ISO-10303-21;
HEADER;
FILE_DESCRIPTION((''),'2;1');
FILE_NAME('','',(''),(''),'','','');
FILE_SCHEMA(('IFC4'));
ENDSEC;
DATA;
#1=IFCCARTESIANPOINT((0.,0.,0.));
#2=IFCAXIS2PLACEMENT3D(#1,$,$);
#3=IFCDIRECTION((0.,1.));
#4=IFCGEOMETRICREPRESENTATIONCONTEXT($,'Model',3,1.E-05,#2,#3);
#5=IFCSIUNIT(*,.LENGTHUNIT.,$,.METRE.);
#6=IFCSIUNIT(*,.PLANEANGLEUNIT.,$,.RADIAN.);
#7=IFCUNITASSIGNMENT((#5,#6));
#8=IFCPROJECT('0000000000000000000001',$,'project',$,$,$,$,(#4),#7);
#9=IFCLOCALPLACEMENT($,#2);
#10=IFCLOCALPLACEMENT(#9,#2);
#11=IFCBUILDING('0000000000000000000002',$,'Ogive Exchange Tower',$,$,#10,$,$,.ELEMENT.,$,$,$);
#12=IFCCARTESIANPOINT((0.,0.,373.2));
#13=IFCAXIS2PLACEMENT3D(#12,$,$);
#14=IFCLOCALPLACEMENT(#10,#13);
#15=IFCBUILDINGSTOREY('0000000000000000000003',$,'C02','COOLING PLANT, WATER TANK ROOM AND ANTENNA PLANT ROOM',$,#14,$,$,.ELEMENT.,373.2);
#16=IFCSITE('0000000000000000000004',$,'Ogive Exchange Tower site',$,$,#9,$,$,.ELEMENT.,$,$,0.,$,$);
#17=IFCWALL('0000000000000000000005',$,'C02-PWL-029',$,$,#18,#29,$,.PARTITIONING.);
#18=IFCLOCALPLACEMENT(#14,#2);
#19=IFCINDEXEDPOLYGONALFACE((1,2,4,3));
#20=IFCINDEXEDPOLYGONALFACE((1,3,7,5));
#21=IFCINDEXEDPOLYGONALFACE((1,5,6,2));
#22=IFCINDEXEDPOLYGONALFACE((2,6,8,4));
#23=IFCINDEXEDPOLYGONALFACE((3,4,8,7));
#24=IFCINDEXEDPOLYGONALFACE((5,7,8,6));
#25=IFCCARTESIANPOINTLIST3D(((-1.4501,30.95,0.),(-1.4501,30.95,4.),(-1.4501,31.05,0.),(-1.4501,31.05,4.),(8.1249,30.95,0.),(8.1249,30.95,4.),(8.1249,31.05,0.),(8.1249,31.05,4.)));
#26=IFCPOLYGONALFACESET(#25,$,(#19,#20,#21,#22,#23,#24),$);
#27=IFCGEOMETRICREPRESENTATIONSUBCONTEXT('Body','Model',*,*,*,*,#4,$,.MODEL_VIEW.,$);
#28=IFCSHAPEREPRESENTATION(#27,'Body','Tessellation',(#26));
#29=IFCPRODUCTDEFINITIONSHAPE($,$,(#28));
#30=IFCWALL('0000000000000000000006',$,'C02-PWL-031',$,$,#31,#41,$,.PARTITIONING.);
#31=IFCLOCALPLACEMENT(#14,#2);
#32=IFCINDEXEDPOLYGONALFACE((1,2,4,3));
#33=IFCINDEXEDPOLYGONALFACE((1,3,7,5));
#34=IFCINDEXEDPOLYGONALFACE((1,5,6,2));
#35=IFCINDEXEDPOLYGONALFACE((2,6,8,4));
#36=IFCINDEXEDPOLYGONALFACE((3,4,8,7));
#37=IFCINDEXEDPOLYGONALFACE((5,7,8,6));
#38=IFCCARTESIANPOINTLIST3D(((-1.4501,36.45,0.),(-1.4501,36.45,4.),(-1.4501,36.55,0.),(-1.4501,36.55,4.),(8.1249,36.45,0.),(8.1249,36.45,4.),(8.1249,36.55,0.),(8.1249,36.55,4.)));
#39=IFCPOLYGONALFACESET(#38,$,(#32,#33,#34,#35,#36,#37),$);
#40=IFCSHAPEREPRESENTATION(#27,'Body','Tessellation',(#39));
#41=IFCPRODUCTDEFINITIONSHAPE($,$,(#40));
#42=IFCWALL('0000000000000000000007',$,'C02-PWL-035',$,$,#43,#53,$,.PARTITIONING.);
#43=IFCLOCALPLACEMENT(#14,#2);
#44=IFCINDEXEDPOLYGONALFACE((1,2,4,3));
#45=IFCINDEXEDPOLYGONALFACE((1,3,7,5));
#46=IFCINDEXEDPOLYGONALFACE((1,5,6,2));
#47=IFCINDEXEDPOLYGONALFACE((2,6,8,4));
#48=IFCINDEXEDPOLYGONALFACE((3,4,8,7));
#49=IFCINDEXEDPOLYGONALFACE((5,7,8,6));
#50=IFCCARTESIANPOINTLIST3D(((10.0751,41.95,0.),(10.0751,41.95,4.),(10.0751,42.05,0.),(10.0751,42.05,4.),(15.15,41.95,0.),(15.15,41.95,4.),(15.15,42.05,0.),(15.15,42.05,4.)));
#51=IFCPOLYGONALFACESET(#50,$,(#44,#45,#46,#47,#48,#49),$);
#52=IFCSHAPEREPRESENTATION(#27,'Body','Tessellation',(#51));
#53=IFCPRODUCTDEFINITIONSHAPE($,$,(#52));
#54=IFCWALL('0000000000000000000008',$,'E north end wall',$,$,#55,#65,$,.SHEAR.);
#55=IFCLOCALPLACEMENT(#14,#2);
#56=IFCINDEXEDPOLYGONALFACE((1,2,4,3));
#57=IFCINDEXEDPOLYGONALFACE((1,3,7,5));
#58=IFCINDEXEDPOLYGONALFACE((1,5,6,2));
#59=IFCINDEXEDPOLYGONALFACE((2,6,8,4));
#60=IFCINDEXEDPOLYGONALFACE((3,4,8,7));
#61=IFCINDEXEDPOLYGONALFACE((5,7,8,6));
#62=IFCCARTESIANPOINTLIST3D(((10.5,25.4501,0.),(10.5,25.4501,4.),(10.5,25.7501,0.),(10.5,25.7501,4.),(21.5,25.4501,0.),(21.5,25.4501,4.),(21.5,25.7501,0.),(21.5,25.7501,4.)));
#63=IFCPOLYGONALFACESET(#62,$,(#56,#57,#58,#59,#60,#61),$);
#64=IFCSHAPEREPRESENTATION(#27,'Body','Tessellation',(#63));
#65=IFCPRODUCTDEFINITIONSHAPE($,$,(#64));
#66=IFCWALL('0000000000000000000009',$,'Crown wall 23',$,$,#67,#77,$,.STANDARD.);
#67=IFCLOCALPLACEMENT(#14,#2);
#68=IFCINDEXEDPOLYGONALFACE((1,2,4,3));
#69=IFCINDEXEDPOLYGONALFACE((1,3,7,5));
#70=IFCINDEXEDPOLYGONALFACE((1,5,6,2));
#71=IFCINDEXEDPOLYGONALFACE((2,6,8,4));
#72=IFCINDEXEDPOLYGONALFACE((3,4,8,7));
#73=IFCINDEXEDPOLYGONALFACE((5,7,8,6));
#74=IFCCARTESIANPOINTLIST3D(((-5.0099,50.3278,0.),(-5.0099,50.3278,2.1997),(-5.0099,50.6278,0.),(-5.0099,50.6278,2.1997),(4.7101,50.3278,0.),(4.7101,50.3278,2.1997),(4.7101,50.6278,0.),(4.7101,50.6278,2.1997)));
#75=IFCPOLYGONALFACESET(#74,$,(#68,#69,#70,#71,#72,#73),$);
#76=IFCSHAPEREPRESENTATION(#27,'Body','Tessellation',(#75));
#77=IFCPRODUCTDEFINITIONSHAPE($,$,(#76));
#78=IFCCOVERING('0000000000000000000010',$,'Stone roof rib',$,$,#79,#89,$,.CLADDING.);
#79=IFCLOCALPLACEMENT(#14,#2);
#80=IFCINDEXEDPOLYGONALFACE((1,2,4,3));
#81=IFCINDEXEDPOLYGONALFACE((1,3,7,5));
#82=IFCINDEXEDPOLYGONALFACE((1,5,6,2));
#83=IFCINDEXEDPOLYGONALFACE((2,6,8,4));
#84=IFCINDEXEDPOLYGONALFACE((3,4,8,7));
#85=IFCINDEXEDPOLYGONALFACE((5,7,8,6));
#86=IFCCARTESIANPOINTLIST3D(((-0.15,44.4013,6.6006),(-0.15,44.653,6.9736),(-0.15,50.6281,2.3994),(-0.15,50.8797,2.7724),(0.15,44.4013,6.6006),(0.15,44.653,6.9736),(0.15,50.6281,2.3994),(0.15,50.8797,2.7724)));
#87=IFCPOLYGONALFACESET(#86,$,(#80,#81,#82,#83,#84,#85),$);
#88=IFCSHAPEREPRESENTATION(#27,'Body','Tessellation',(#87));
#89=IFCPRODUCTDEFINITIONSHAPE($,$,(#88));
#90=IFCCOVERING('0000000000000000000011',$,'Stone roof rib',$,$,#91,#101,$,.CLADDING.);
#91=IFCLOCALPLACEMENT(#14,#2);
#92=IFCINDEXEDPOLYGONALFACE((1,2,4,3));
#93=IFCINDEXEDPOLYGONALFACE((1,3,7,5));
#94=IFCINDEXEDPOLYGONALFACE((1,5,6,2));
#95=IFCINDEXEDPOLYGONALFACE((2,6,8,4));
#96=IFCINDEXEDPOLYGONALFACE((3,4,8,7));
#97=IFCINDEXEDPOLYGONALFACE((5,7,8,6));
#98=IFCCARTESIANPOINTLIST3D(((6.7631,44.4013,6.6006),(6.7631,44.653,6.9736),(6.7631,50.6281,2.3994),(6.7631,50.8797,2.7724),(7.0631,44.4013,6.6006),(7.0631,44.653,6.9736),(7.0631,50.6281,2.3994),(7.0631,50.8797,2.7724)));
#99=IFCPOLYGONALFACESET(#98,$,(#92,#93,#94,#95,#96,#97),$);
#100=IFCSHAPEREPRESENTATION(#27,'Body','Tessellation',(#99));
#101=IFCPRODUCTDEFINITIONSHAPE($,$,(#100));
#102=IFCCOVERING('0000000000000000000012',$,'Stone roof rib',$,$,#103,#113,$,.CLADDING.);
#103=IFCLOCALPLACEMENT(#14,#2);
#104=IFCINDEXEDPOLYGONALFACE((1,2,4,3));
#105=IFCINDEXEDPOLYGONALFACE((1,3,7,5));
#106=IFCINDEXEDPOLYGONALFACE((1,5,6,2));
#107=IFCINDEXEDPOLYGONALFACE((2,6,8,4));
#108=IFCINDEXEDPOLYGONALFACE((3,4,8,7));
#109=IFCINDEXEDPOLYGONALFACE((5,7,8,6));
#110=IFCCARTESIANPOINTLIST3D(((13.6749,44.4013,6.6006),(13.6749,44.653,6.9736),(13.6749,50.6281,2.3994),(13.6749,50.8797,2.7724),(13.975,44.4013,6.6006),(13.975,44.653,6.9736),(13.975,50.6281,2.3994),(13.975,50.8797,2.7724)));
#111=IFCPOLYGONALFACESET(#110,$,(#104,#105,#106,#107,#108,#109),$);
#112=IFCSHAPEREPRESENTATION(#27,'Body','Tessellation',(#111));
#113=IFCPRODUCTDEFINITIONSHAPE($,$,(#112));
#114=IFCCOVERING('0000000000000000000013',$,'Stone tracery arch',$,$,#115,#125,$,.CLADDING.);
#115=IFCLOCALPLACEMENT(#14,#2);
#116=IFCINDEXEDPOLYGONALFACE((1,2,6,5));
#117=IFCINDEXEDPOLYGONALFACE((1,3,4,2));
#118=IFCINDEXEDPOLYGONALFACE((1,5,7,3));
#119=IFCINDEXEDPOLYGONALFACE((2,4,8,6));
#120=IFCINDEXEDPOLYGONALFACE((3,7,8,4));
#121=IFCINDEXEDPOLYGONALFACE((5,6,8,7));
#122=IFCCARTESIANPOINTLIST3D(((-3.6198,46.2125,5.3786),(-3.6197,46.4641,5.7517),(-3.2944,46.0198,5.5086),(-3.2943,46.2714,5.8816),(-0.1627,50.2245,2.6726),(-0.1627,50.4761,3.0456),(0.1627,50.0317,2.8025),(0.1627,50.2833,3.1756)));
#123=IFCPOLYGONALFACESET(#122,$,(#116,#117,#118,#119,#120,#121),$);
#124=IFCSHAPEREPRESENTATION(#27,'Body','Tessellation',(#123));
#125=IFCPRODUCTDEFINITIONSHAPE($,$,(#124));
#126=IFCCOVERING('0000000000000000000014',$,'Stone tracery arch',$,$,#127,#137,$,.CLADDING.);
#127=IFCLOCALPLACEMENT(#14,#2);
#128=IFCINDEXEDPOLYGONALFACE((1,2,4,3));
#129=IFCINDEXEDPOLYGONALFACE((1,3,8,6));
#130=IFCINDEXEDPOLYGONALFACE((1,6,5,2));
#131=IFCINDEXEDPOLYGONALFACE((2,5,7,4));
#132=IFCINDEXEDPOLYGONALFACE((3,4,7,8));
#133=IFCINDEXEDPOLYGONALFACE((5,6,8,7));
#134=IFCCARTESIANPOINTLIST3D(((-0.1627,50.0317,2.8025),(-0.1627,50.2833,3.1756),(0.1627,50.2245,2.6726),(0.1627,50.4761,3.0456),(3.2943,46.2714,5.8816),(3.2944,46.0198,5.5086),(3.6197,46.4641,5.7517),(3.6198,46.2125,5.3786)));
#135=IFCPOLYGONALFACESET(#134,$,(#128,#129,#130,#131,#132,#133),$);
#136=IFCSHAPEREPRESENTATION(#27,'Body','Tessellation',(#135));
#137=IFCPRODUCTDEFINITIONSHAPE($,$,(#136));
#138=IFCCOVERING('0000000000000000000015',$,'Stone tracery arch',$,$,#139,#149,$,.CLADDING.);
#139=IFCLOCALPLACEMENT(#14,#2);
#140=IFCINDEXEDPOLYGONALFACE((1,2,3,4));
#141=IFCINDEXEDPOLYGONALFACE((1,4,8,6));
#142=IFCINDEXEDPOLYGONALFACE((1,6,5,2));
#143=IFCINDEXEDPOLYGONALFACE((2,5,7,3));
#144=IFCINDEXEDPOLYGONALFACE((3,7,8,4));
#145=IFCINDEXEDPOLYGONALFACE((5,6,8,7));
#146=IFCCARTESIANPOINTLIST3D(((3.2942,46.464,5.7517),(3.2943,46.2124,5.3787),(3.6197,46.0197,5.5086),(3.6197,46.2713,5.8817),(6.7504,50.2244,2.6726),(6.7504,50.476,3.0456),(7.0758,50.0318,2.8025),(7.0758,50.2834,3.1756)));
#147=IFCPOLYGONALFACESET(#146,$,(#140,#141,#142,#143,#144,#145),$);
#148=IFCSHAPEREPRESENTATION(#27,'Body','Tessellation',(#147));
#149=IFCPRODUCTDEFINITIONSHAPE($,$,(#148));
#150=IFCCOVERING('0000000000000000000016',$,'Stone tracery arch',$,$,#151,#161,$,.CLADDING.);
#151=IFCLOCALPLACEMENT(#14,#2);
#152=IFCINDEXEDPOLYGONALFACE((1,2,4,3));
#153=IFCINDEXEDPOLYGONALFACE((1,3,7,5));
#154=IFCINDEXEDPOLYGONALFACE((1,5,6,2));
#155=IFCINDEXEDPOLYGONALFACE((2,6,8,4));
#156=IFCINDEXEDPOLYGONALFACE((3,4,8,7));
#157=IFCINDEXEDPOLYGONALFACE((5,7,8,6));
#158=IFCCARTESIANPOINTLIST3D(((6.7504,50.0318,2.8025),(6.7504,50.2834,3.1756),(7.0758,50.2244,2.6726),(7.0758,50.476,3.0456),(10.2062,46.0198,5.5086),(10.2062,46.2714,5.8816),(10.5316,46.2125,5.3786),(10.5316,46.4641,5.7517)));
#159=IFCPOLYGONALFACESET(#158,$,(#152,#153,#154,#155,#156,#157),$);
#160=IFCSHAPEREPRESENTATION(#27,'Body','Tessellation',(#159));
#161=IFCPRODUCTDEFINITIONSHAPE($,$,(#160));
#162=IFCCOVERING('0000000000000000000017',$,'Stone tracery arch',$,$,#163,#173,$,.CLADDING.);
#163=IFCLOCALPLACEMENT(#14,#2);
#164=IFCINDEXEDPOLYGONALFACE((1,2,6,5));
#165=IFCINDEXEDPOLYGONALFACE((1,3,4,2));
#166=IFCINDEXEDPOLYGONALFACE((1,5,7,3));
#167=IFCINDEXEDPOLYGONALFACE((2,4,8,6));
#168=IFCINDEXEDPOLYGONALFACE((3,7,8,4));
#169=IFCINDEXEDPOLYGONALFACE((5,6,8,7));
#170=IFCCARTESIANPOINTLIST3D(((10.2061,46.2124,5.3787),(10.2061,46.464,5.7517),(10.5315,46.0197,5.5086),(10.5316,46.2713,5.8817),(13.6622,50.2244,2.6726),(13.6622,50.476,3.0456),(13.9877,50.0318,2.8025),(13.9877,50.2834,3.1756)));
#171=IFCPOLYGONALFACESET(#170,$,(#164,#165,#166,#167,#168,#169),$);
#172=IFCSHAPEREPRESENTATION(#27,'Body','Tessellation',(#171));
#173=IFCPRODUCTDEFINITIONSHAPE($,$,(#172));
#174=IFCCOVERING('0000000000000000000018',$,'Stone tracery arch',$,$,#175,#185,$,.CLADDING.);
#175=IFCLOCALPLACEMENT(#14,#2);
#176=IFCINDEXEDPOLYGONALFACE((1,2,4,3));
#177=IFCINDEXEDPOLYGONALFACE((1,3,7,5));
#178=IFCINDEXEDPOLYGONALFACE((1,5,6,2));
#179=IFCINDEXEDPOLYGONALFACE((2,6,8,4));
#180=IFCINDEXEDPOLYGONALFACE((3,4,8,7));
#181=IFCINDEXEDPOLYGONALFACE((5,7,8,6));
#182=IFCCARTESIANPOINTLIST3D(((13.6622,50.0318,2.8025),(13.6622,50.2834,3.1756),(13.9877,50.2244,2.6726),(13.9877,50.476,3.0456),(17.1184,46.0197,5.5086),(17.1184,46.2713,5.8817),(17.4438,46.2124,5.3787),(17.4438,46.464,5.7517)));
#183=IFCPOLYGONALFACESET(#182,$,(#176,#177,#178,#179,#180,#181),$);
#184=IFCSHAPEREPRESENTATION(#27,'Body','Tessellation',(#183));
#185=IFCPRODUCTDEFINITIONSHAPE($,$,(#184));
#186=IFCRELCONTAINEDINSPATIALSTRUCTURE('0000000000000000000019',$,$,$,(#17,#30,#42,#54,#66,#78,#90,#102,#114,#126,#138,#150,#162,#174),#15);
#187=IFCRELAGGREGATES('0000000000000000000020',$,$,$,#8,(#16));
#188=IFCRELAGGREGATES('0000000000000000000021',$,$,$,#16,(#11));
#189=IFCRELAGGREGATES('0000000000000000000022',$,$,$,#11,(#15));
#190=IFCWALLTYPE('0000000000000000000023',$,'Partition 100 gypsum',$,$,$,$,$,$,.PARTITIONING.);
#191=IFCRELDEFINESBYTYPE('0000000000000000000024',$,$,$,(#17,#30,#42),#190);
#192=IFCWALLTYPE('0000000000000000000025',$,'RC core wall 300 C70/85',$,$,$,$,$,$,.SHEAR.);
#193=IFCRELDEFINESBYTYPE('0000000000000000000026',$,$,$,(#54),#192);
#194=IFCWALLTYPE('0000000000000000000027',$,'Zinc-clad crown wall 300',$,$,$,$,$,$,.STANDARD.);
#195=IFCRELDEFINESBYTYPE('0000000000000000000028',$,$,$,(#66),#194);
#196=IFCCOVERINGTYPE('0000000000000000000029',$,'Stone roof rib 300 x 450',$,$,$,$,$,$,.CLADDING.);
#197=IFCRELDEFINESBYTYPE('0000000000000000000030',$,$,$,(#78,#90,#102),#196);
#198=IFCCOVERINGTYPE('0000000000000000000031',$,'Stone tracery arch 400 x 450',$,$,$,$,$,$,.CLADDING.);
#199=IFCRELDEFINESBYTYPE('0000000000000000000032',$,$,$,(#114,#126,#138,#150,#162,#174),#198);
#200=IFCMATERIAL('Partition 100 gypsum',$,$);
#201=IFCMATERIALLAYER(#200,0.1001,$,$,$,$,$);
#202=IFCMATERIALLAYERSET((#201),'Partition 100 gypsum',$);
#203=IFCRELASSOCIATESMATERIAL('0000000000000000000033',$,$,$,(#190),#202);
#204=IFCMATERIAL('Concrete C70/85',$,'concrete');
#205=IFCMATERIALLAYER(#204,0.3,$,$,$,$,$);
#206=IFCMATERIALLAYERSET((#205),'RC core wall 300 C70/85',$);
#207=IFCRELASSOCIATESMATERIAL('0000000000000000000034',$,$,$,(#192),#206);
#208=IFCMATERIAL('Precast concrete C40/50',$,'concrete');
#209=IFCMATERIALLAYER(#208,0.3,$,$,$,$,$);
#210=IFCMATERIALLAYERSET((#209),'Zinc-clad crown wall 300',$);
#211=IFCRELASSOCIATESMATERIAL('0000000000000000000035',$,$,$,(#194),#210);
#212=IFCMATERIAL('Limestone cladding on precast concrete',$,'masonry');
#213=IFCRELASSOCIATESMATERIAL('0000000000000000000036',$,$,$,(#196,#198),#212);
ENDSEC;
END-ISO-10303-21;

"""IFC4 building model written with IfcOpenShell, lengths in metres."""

from ifc_helpers import new_model, si_unit, direction, frame, frame_2d, origin, origin_2d, place, context, subcontext, project, spatial, rectangle, extrude, material, layer, layer_set, material_profile, profile_set, type_object, element, save


model = new_model("IFC4")

# Units and contexts
model_context = context("Model", 3, precision=1e-05, world=origin(), true_north=direction((0.0, 1.0)))
body_context = subcontext(model_context, "Body", "Model", "MODEL_VIEW")
ifc_project = project(units=[si_unit("LENGTHUNIT", "METRE"), si_unit("PLANEANGLEUNIT", "RADIAN")], contexts=[model_context])

# Site, building, storey
site_placement = place(None, origin())
site = spatial("IfcSite", under=ifc_project, at=site_placement, Name="Ogive Exchange Tower site", CompositionType="ELEMENT", RefElevation=0.0)
building_placement = place(site_placement, origin())
building = spatial("IfcBuilding", under=site, at=building_placement, Name="Ogive Exchange Tower", CompositionType="ELEMENT")
storey_placement = place(building_placement, frame((0.0, 0.0, 373.2)))
storey = spatial("IfcBuildingStorey", under=building, at=storey_placement, Name="C02", Description="COOLING PLANT, WATER TANK ROOM AND ANTENNA PLANT ROOM", CompositionType="ELEMENT", Elevation=373.2)

# Walls
ifc_material_1 = material(Name="Partition 100 gypsum")
ifc_layer_1 = layer(ifc_material_1, 0.1001)
ifc_layer_set_1 = layer_set([ifc_layer_1], Name="Partition 100 gypsum")
wall_type_1 = type_object("IfcWallType", Name="Partition 100 gypsum", PredefinedType="PARTITIONING", material=ifc_layer_set_1)
for number, where, z_axis, x_axis, name in (
    (1, (8.125, 31.0, 0.0), (0.0, 0.0, 1.0), (-1.0, 0.0, 0.0), "C02-PWL-029"),
    (2, (8.125, 36.5, 0.0), (0.0, 0.0, 1.0), (-1.0, 0.0, 0.0), "C02-PWL-031"),
):
    element("IfcWall", number, at=place(storey_placement, frame(where, z_axis=z_axis, x_axis=x_axis)), inside=storey, type_object=wall_type_1, Name=name, PredefinedType="PARTITIONING", context=body_context, shape_type="SweptSolid", body=[
        extrude(rectangle(XDim=9.575, YDim=0.1001, at=frame_2d((4.7876, 0.0))), origin(), (0.0, 0.0, 1.0), 4.0),
    ])
wall_1_placement = place(storey_placement, frame((10.075, 42.0, 0.0), z_axis=(0.0, 0.0, 1.0), x_axis=(1.0, 0.0, 0.0)))
element("IfcWall", 3, at=wall_1_placement, inside=storey, type_object=wall_type_1, Name="C02-PWL-035", PredefinedType="PARTITIONING", context=body_context, shape_type="SweptSolid", body=[
    extrude(rectangle(XDim=5.075, YDim=0.1001, at=frame_2d((2.5376, 0.0))), origin(), (0.0, 0.0, 1.0), 4.0),
])
ifc_material_2 = material(Name="Concrete C70/85", Category="concrete")
ifc_layer_2 = layer(ifc_material_2, 0.3)
ifc_layer_set_2 = layer_set([ifc_layer_2], Name="RC core wall 300 C70/85")
wall_type_2 = type_object("IfcWallType", Name="RC core wall 300 C70/85", PredefinedType="SHEAR", material=ifc_layer_set_2)
wall_2_placement = place(storey_placement, frame((10.5, 25.6001, 0.0), z_axis=(0.0, 0.0, 1.0), x_axis=(1.0, 0.0, 0.0)))
element("IfcWall", 4, at=wall_2_placement, inside=storey, type_object=wall_type_2, Name="E north end wall", PredefinedType="SHEAR", context=body_context, shape_type="SweptSolid", body=[
    extrude(rectangle(XDim=11.0, YDim=0.3, at=frame_2d((5.5, 0.0))), origin(), (0.0, 0.0, 1.0), 4.0),
])
ifc_material_3 = material(Name="Precast concrete C40/50", Category="concrete")
ifc_layer_3 = layer(ifc_material_3, 0.3)
ifc_layer_set_3 = layer_set([ifc_layer_3], Name="Zinc-clad crown wall 300")
wall_type_3 = type_object("IfcWallType", Name="Zinc-clad crown wall 300", PredefinedType="STANDARD", material=ifc_layer_set_3)
wall_3_placement = place(storey_placement, frame((4.71, 50.4778, 0.0), z_axis=(0.0, 0.0, 1.0), x_axis=(-1.0, 0.0, 0.0)))
element("IfcWall", 5, at=wall_3_placement, inside=storey, type_object=wall_type_3, Name="Crown wall 23", PredefinedType="STANDARD", context=body_context, shape_type="SweptSolid", body=[
    extrude(rectangle(XDim=9.72, YDim=0.3, at=frame_2d((4.8599, 0.0))), origin(), (0.0, 0.0, 1.0), 2.1997),
])

# Coverings
ifc_material_4 = material(Name="Limestone cladding on precast concrete", Category="masonry")
ifc_material_profile_1 = material_profile(ifc_material_4, rectangle(XDim=0.3, YDim=0.45, at=origin_2d()), Name="RIB 300 x 450")
ifc_profile_set_1 = profile_set([ifc_material_profile_1], Name="Limestone cladding on precast concrete")
covering_type_1 = type_object("IfcCoveringType", Name="Stone roof rib 300 x 450", PredefinedType="CLADDING", material=ifc_profile_set_1)
for number, where, z_axis, x_axis, name in (
    (6, (0.0, 50.7539, 2.5859), (0.0, -0.828967, 0.559297), (1.0, 0.0, 0.0), "Stone roof rib"),
    (7, (6.9131, 50.7539, 2.5859), (0.0, -0.828967, 0.559297), (1.0, 0.0, 0.0), "Stone roof rib"),
    (8, (13.825, 50.7539, 2.5859), (0.0, -0.828967, 0.559297), (1.0, 0.0, 0.0), "Stone roof rib"),
):
    element("IfcCovering", number, at=place(storey_placement, frame(where, z_axis=z_axis, x_axis=x_axis)), inside=storey, type_object=covering_type_1, Name=name, PredefinedType="CLADDING", context=body_context, shape_type="SweptSolid", body=[
        extrude(rectangle(XDim=0.3, YDim=0.45, at=origin_2d()), origin(), (0.0, 0.0, 1.0), 7.5115),
    ])
ifc_material_profile_2 = material_profile(ifc_material_4, rectangle(XDim=0.3999, YDim=0.45, at=origin_2d()), Name="TRACERY 400 x 450")
ifc_profile_set_2 = profile_set([ifc_material_profile_2], Name="Limestone cladding on precast concrete")
covering_type_2 = type_object("IfcCoveringType", Name="Stone tracery arch 400 x 450", PredefinedType="CLADDING", material=ifc_profile_set_2)
for number, where, z_axis, x_axis, name in (
    (9, (0.0, 50.2539, 2.9241), (-0.581283, -0.674593, 0.45501), (0.813701, -0.481926, 0.325019), "Stone tracery arch"),
    (10, (0.0, 50.2539, 2.9241), (0.581283, -0.674593, 0.45501), (0.813701, 0.481926, -0.325019), "Stone tracery arch"),
):
    element("IfcCovering", number, at=place(storey_placement, frame(where, z_axis=z_axis, x_axis=x_axis)), inside=storey, type_object=covering_type_2, Name=name, PredefinedType="CLADDING", context=body_context, shape_type="SweptSolid", body=[
        extrude(rectangle(XDim=0.3999, YDim=0.45, at=origin_2d()), origin(), (0.0, 0.0, 1.0), 5.9473),
    ])
covering_1_placement = place(storey_placement, frame((6.9131, 50.2539, 2.9241), z_axis=(-0.581175, -0.674657, 0.455054), x_axis=(0.813779, -0.481801, 0.325011)))
element("IfcCovering", 11, at=covering_1_placement, inside=storey, type_object=covering_type_2, Name="Stone tracery arch", PredefinedType="CLADDING", context=body_context, shape_type="SweptSolid", body=[
    extrude(rectangle(XDim=0.3999, YDim=0.45, at=origin_2d()), origin(), (0.0, 0.0, 1.0), 5.9468),
])
covering_2_placement = place(storey_placement, frame((6.9131, 50.2539, 2.9241), z_axis=(0.581148, -0.674673, 0.455065), x_axis=(0.813798, 0.481789, -0.32498)))
element("IfcCovering", 12, at=covering_2_placement, inside=storey, type_object=covering_type_2, Name="Stone tracery arch", PredefinedType="CLADDING", context=body_context, shape_type="SweptSolid", body=[
    extrude(rectangle(XDim=0.3999, YDim=0.45, at=origin_2d()), origin(), (0.0, 0.0, 1.0), 5.9465),
])
for number, where, z_axis, x_axis, name in (
    (13, (13.825, 50.2539, 2.9241), (-0.581175, -0.674657, 0.455054), (0.813779, -0.48182, 0.324982), "Stone tracery arch"),
    (14, (13.825, 50.2539, 2.9241), (0.581175, -0.674657, 0.455054), (0.813779, 0.48182, -0.324982), "Stone tracery arch"),
):
    element("IfcCovering", number, at=place(storey_placement, frame(where, z_axis=z_axis, x_axis=x_axis)), inside=storey, type_object=covering_type_2, Name=name, PredefinedType="CLADDING", context=body_context, shape_type="SweptSolid", body=[
        extrude(rectangle(XDim=0.3999, YDim=0.45, at=origin_2d()), origin(), (0.0, 0.0, 1.0), 5.9468),
    ])

save(model, "model.ifc")
